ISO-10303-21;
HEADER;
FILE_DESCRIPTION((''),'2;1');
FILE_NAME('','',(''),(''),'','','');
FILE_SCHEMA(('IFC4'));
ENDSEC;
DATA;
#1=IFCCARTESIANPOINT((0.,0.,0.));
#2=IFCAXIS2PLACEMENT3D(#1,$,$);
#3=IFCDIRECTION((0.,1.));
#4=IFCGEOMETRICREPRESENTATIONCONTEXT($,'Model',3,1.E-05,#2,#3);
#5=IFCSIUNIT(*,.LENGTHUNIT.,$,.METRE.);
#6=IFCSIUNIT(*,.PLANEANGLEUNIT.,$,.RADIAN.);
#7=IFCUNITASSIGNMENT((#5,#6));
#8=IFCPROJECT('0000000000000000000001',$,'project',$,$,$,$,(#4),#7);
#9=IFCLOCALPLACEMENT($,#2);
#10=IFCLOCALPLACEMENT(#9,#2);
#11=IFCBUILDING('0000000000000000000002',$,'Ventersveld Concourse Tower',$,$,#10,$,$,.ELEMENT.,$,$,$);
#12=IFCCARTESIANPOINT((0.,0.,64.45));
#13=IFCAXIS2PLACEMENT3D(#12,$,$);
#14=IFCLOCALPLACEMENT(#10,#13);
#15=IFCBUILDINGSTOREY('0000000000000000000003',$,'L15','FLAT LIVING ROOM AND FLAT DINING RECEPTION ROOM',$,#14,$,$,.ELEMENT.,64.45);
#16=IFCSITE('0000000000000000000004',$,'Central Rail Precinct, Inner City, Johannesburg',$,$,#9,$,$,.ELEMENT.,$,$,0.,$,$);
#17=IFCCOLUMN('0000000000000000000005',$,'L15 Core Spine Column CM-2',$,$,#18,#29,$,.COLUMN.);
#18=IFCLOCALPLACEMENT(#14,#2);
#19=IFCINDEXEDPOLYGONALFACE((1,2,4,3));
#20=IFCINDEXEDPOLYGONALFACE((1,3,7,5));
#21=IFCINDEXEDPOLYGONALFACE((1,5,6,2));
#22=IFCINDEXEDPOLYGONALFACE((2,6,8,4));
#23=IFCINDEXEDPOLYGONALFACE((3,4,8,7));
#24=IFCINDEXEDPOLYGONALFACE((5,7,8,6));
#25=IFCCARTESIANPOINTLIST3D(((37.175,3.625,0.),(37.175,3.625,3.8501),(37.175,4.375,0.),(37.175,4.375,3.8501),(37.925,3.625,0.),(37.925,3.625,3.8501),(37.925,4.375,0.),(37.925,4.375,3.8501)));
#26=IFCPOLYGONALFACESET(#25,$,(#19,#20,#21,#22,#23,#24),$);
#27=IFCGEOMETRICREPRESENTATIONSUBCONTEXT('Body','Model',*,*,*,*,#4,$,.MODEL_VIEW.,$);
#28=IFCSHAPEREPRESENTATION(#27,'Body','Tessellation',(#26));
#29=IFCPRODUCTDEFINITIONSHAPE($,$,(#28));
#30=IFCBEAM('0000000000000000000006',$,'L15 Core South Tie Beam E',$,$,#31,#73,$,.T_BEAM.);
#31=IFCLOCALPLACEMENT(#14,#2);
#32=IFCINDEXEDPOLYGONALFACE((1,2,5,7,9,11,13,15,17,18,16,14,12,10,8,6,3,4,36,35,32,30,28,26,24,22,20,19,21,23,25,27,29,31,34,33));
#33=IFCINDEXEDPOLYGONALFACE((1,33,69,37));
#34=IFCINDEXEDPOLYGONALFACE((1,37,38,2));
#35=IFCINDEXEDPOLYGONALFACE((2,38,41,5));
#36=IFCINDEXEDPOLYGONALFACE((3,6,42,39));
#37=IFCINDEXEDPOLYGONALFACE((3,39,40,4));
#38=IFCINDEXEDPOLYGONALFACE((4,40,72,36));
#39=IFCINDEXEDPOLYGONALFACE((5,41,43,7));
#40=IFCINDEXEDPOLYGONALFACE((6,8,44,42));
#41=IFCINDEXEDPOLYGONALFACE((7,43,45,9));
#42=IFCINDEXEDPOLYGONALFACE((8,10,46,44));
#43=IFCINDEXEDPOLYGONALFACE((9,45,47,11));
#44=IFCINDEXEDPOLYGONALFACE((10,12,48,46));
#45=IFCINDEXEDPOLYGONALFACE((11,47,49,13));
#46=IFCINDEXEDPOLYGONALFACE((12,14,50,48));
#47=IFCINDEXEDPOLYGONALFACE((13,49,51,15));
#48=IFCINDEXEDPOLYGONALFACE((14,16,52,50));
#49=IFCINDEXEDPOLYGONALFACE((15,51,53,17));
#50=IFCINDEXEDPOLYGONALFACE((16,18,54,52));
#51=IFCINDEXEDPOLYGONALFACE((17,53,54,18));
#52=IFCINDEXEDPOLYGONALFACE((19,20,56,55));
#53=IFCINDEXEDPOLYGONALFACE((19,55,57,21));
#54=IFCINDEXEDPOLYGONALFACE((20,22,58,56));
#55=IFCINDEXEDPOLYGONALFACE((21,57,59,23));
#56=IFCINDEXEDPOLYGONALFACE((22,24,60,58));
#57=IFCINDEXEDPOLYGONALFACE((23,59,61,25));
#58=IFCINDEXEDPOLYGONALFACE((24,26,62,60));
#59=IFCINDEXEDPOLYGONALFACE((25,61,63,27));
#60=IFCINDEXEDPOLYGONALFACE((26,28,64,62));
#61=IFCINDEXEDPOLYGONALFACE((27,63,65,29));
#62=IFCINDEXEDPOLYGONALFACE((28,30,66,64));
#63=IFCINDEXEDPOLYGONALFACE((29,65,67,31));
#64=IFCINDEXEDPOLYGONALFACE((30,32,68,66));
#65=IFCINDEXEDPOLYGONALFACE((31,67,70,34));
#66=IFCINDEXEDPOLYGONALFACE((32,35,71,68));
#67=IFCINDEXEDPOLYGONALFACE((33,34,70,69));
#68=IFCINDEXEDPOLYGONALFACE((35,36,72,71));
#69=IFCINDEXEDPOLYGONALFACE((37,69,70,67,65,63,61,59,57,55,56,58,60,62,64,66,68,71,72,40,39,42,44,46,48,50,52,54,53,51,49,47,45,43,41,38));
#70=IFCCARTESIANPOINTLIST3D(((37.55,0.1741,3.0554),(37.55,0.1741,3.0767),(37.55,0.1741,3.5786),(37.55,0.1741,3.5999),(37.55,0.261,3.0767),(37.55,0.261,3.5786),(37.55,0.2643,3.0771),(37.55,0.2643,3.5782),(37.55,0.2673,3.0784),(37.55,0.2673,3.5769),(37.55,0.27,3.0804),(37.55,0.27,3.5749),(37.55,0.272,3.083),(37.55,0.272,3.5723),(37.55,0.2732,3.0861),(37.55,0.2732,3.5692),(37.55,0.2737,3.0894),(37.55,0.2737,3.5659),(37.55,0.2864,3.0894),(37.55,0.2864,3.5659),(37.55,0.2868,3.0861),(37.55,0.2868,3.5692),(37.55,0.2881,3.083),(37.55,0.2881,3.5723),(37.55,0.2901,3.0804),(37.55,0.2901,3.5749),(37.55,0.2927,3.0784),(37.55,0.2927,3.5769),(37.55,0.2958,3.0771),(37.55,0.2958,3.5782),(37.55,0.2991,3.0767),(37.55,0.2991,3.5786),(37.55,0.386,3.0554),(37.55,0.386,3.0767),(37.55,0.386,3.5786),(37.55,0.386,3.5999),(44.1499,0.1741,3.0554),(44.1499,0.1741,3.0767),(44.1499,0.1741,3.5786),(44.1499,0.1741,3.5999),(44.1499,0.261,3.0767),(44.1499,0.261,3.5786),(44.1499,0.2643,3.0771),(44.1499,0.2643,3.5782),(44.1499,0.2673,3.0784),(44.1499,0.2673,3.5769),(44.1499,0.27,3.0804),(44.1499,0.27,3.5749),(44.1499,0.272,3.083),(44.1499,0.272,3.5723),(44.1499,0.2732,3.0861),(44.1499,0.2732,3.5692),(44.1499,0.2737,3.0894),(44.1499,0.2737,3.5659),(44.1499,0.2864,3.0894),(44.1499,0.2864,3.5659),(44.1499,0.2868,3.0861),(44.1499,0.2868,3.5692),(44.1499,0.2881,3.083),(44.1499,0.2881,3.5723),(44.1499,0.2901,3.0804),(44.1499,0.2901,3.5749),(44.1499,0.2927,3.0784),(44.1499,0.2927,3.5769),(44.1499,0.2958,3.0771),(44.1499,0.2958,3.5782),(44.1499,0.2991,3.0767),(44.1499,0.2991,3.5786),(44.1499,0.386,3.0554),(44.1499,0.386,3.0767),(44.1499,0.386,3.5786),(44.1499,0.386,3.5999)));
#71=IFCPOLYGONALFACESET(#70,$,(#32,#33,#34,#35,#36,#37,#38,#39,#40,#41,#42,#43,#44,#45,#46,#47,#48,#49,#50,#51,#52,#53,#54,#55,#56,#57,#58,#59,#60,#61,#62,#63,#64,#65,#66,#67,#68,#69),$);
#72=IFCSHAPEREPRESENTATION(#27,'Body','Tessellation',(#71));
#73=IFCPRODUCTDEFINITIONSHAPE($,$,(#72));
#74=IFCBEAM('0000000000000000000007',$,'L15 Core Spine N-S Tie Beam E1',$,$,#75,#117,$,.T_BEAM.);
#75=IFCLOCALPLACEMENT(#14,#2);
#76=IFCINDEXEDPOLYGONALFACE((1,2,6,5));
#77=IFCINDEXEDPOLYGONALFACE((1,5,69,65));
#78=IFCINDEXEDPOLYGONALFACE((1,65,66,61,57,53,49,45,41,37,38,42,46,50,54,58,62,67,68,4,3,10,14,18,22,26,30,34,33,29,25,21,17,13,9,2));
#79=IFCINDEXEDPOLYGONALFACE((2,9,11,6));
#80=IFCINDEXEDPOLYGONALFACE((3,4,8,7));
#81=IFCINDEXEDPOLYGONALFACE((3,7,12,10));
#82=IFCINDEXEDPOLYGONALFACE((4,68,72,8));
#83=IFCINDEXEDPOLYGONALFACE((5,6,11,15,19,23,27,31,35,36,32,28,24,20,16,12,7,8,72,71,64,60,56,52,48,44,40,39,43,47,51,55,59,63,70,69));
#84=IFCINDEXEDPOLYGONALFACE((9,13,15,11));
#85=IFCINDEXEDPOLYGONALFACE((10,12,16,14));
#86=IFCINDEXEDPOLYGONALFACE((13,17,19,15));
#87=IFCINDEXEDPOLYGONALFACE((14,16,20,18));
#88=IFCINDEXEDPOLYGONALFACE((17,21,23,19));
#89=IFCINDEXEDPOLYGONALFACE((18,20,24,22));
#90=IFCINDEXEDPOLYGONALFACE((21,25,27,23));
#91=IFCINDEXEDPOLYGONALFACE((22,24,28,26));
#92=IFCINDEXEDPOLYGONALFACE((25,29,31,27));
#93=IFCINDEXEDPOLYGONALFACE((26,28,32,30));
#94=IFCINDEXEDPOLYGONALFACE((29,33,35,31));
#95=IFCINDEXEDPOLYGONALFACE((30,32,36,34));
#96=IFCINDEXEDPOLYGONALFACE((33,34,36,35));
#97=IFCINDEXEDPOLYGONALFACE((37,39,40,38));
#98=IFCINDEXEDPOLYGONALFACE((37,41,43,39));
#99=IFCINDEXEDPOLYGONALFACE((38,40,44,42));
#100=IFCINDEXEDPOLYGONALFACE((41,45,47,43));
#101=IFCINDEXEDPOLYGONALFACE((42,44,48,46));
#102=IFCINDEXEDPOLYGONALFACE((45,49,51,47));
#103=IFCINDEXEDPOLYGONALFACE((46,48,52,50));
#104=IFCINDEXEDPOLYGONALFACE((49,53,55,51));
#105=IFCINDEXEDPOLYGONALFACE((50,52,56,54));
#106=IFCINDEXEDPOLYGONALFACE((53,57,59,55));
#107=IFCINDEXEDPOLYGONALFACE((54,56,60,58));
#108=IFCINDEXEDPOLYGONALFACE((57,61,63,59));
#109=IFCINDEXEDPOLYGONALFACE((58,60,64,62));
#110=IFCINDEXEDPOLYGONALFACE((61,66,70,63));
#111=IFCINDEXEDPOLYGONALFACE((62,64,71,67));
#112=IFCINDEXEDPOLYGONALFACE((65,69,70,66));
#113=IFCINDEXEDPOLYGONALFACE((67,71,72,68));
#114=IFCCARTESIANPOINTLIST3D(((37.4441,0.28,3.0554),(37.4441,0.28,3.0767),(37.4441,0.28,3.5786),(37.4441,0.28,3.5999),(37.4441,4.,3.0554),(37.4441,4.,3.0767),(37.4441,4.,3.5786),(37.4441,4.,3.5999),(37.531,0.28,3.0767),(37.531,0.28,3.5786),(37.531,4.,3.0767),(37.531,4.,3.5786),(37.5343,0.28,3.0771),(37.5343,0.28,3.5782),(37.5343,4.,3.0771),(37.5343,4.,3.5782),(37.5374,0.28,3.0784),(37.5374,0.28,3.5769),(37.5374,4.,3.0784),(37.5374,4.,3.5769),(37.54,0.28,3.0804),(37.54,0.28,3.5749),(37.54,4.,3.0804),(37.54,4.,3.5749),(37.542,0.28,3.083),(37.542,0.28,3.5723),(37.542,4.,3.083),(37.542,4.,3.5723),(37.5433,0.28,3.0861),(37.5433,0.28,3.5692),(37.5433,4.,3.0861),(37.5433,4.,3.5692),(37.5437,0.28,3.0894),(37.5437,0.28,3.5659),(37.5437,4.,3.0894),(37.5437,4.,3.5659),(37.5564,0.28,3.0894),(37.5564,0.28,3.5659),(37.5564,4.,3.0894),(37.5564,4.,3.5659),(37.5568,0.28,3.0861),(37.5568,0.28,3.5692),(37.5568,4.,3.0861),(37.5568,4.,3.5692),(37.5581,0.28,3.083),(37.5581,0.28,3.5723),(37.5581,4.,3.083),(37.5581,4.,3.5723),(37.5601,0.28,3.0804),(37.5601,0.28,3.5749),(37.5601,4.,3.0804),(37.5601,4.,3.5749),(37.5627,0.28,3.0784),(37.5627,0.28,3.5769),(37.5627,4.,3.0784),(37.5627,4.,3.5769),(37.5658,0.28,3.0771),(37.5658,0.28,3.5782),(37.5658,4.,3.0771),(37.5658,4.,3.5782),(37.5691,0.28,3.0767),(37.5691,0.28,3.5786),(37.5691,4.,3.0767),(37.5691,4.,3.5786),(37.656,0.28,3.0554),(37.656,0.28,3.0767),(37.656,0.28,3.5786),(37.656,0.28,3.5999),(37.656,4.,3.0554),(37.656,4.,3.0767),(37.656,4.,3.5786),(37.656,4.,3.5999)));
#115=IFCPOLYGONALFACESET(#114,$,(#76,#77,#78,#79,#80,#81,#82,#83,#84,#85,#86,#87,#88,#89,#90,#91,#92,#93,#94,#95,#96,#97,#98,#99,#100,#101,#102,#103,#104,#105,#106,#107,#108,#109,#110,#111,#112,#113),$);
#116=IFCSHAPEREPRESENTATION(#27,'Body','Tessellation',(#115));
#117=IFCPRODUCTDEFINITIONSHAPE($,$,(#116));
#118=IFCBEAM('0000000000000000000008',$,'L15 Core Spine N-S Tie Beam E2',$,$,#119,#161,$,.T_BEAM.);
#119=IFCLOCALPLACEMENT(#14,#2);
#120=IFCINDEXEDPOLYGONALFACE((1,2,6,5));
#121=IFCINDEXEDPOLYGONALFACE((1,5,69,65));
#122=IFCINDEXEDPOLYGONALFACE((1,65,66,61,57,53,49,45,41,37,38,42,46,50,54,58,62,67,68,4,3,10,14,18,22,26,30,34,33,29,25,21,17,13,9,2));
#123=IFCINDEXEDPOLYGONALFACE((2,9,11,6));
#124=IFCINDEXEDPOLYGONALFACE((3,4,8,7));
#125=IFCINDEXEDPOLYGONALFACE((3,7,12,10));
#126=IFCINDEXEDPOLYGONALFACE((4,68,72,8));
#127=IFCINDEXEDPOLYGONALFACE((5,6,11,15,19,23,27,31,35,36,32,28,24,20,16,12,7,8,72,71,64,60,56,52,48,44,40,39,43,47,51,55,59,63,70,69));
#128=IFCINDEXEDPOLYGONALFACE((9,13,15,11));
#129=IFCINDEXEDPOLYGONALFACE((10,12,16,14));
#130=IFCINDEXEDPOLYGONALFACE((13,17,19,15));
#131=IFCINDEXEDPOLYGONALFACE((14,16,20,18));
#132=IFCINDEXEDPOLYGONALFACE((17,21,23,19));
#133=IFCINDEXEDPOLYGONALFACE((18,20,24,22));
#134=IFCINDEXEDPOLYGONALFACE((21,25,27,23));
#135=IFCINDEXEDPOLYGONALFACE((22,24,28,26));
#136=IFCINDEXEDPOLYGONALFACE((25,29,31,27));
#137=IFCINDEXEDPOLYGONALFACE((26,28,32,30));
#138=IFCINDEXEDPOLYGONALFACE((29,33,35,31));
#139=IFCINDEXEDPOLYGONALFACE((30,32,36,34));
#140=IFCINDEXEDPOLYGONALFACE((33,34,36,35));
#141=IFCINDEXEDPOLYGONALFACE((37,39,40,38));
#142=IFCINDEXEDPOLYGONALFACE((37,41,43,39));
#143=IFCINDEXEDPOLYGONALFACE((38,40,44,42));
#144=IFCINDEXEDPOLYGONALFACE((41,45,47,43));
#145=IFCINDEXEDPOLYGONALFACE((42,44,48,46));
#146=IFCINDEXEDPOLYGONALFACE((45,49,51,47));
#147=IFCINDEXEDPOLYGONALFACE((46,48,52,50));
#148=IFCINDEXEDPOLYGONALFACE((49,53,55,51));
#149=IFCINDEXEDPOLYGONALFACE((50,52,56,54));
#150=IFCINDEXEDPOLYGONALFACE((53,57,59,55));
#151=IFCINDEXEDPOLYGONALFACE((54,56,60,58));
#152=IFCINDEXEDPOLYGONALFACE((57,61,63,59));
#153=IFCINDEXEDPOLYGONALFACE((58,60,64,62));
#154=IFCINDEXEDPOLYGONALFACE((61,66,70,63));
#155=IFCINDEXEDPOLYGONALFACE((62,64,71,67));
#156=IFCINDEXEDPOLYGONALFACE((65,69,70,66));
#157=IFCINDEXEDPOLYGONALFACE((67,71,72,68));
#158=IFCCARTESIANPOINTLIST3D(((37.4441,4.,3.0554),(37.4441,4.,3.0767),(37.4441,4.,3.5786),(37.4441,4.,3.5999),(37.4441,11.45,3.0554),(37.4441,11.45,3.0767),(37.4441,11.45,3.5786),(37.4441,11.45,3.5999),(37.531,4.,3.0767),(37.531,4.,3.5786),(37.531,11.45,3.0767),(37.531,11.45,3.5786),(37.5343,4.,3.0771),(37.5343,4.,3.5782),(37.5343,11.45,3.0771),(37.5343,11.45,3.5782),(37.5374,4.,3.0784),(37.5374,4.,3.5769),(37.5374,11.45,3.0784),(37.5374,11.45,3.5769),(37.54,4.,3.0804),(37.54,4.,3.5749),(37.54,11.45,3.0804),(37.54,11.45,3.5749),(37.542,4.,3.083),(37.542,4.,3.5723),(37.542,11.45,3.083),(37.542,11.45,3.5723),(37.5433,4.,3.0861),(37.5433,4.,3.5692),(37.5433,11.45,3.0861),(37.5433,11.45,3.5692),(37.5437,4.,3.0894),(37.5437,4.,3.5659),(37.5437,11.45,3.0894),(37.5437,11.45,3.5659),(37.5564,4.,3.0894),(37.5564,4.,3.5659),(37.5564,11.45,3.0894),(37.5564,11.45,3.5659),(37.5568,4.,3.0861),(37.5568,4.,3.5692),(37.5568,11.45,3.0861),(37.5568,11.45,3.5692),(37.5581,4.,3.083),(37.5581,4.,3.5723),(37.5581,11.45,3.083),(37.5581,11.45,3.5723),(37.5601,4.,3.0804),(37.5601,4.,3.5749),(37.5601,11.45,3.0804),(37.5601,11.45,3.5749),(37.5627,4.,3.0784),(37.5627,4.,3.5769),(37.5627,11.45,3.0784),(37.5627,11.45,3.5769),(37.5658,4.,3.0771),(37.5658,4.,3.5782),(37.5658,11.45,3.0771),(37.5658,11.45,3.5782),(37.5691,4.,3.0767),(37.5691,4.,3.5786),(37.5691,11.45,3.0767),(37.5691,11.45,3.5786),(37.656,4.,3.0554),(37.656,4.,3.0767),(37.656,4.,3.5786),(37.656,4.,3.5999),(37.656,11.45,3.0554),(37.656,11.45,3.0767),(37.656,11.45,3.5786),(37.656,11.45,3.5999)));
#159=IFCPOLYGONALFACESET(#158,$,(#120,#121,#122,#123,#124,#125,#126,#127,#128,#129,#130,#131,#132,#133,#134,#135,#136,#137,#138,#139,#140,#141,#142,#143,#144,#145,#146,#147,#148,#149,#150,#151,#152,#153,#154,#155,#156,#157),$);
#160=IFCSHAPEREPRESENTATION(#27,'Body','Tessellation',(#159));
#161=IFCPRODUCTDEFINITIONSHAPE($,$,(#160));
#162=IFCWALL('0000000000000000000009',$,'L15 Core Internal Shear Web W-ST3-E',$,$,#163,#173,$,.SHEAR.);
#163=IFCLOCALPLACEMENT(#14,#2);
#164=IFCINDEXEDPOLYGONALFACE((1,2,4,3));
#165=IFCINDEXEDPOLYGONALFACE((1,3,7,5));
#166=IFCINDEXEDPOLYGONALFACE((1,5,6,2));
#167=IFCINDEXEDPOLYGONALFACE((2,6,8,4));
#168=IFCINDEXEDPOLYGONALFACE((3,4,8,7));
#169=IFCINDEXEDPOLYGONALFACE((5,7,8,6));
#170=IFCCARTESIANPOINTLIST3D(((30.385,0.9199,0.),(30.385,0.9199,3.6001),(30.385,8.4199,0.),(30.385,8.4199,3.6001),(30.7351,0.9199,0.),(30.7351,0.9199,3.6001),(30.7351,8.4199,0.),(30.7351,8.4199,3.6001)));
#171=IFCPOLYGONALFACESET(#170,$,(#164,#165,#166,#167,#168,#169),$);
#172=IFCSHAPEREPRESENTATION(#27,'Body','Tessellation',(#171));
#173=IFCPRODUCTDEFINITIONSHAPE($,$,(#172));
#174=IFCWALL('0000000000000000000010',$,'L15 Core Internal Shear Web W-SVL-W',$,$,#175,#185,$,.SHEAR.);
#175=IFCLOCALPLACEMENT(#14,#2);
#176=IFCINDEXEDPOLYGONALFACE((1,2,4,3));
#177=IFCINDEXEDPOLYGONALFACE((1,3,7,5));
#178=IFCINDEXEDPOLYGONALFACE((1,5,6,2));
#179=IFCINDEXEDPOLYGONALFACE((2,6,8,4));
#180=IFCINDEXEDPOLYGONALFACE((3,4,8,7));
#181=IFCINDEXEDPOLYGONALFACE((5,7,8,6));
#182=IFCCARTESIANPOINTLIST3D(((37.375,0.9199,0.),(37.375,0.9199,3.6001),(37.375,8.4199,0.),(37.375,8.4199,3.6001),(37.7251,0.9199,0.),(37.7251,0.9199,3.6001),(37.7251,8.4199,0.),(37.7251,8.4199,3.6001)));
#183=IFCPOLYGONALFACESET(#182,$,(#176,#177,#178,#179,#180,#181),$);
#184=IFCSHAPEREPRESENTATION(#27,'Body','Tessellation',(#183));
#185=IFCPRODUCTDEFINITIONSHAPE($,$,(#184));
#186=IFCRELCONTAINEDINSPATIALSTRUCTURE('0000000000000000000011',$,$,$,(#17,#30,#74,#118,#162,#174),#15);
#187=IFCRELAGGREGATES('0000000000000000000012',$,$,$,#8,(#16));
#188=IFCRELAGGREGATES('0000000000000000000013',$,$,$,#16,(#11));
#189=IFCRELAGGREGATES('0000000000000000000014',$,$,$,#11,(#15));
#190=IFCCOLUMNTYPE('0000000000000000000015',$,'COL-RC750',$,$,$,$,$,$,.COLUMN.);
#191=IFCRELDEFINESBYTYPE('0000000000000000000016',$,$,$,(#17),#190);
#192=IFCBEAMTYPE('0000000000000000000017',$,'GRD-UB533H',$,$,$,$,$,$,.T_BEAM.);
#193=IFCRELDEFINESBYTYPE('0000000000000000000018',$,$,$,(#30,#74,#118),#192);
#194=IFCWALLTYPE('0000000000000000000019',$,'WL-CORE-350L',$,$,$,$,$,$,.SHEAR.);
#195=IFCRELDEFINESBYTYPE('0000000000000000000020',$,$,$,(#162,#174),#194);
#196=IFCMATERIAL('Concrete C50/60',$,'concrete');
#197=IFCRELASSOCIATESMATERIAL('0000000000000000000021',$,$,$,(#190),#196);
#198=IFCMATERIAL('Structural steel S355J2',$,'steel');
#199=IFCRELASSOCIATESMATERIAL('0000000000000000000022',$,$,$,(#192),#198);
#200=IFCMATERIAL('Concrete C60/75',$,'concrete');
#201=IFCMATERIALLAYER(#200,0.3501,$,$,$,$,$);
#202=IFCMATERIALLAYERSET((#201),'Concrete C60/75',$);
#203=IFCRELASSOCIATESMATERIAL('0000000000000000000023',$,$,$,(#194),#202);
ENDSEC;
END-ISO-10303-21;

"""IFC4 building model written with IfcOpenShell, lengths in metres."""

from ifc_helpers import new_model, si_unit, direction, frame, frame_2d, origin, origin_2d, place, context, subcontext, project, spatial, rectangle, i_section, extrude, material, layer, layer_set, material_profile, profile_set, type_object, element, save


model = new_model("IFC4")

# Units and contexts
model_context = context("Model", 3, precision=1e-05, world=origin(), true_north=direction((0.0, 1.0)))
body_context = subcontext(model_context, "Body", "Model", "MODEL_VIEW")
ifc_project = project(units=[si_unit("LENGTHUNIT", "METRE"), si_unit("PLANEANGLEUNIT", "RADIAN")], contexts=[model_context])

# Site, building, storey
site_placement = place(None, origin())
site = spatial("IfcSite", under=ifc_project, at=site_placement, Name="Central Rail Precinct, Inner City, Johannesburg", CompositionType="ELEMENT", RefElevation=0.0)
building_placement = place(site_placement, origin())
building = spatial("IfcBuilding", under=site, at=building_placement, Name="Ventersveld Concourse Tower", CompositionType="ELEMENT")
storey_placement = place(building_placement, frame((0.0, 0.0, 64.45)))
storey = spatial("IfcBuildingStorey", under=building, at=storey_placement, Name="L15", Description="FLAT LIVING ROOM AND FLAT DINING RECEPTION ROOM", CompositionType="ELEMENT", Elevation=64.45)

# Column
ifc_material_1 = material(Name="Concrete C50/60", Category="concrete")
ifc_material_profile_1 = material_profile(ifc_material_1, rectangle(XDim=0.75, YDim=0.75, at=origin_2d()), Name="RC 750x750")
ifc_profile_set_1 = profile_set([ifc_material_profile_1], Name="Concrete C50/60")
column_type = type_object("IfcColumnType", Name="COL-RC750", PredefinedType="COLUMN", material=ifc_profile_set_1)
column_placement = place(storey_placement, frame((37.55, 4.0, 0.0), z_axis=(0.0, 0.0, 1.0), x_axis=(1.0, 0.0, 0.0)))
element("IfcColumn", 1, at=column_placement, inside=storey, type_object=column_type, Name="L15 Core Spine Column CM-2", PredefinedType="COLUMN", context=body_context, shape_type="SweptSolid", body=[
    extrude(rectangle(XDim=0.75, YDim=0.75, at=origin_2d()), origin(), (0.0, 0.0, 1.0), 3.8501),
])

# Beams
ifc_material_2 = material(Name="Structural steel S355J2", Category="steel")
ifc_material_profile_2 = material_profile(ifc_material_2, i_section(OverallWidth=0.2119, OverallDepth=0.5444, WebThickness=0.0127, FlangeThickness=0.0212, FilletRadius=0.0127, at=origin_2d()), Name="UB 533x210x122")
ifc_profile_set_2 = profile_set([ifc_material_profile_2], Name="Structural steel S355J2")
beam_type = type_object("IfcBeamType", Name="GRD-UB533H", PredefinedType="T_BEAM", material=ifc_profile_set_2)
beam_1_placement = place(storey_placement, frame((37.55, 0.28, 3.3276), z_axis=(1.0, 0.0, 0.0), x_axis=(0.0, 1.0, 0.0)))
element("IfcBeam", 2, at=beam_1_placement, inside=storey, type_object=beam_type, Name="L15 Core South Tie Beam E", PredefinedType="T_BEAM", context=body_context, shape_type="SweptSolid", body=[
    extrude(i_section(OverallWidth=0.2119, OverallDepth=0.5444, WebThickness=0.0127, FlangeThickness=0.0212, FilletRadius=0.0127, at=origin_2d()), origin(), (0.0, 0.0, 1.0), 6.5999),
])
beam_2_placement = place(storey_placement, frame((37.55, 0.28, 3.3276), z_axis=(0.0, 1.0, 0.0), x_axis=(-1.0, 0.0, 0.0)))
element("IfcBeam", 3, at=beam_2_placement, inside=storey, type_object=beam_type, Name="L15 Core Spine N-S Tie Beam E1", PredefinedType="T_BEAM", context=body_context, shape_type="SweptSolid", body=[
    extrude(i_section(OverallWidth=0.2119, OverallDepth=0.5444, WebThickness=0.0127, FlangeThickness=0.0212, FilletRadius=0.0127, at=origin_2d()), origin(), (0.0, 0.0, 1.0), 3.72),
])
beam_3_placement = place(storey_placement, frame((37.55, 4.0, 3.3276), z_axis=(0.0, 1.0, 0.0), x_axis=(-1.0, 0.0, 0.0)))
element("IfcBeam", 4, at=beam_3_placement, inside=storey, type_object=beam_type, Name="L15 Core Spine N-S Tie Beam E2", PredefinedType="T_BEAM", context=body_context, shape_type="SweptSolid", body=[
    extrude(i_section(OverallWidth=0.2119, OverallDepth=0.5444, WebThickness=0.0127, FlangeThickness=0.0212, FilletRadius=0.0127, at=origin_2d()), origin(), (0.0, 0.0, 1.0), 7.45),
])

# Walls
ifc_material_3 = material(Name="Concrete C60/75", Category="concrete")
ifc_layer_1 = layer(ifc_material_3, 0.3501)
ifc_layer_set_1 = layer_set([ifc_layer_1], Name="Concrete C60/75")
wall_type_1 = type_object("IfcWallType", Name="WL-CORE-350L", PredefinedType="SHEAR", material=ifc_layer_set_1)
for number, where, z_axis, x_axis, name in (
    (5, (30.5601, 0.9199, 0.0), (0.0, 0.0, 1.0), (0.0, 1.0, 0.0), "L15 Core Internal Shear Web W-ST3-E"),
    (6, (37.55, 0.9199, 0.0), (0.0, 0.0, 1.0), (0.0, 1.0, 0.0), "L15 Core Internal Shear Web W-SVL-W"),
):
    element("IfcWall", number, at=place(storey_placement, frame(where, z_axis=z_axis, x_axis=x_axis)), inside=storey, type_object=wall_type_1, Name=name, PredefinedType="SHEAR", context=body_context, shape_type="SweptSolid", body=[
        extrude(rectangle(XDim=7.5, YDim=0.3501, at=frame_2d((3.75, 0.0))), origin(), (0.0, 0.0, 1.0), 3.6001),
    ])

save(model, "model.ifc")
